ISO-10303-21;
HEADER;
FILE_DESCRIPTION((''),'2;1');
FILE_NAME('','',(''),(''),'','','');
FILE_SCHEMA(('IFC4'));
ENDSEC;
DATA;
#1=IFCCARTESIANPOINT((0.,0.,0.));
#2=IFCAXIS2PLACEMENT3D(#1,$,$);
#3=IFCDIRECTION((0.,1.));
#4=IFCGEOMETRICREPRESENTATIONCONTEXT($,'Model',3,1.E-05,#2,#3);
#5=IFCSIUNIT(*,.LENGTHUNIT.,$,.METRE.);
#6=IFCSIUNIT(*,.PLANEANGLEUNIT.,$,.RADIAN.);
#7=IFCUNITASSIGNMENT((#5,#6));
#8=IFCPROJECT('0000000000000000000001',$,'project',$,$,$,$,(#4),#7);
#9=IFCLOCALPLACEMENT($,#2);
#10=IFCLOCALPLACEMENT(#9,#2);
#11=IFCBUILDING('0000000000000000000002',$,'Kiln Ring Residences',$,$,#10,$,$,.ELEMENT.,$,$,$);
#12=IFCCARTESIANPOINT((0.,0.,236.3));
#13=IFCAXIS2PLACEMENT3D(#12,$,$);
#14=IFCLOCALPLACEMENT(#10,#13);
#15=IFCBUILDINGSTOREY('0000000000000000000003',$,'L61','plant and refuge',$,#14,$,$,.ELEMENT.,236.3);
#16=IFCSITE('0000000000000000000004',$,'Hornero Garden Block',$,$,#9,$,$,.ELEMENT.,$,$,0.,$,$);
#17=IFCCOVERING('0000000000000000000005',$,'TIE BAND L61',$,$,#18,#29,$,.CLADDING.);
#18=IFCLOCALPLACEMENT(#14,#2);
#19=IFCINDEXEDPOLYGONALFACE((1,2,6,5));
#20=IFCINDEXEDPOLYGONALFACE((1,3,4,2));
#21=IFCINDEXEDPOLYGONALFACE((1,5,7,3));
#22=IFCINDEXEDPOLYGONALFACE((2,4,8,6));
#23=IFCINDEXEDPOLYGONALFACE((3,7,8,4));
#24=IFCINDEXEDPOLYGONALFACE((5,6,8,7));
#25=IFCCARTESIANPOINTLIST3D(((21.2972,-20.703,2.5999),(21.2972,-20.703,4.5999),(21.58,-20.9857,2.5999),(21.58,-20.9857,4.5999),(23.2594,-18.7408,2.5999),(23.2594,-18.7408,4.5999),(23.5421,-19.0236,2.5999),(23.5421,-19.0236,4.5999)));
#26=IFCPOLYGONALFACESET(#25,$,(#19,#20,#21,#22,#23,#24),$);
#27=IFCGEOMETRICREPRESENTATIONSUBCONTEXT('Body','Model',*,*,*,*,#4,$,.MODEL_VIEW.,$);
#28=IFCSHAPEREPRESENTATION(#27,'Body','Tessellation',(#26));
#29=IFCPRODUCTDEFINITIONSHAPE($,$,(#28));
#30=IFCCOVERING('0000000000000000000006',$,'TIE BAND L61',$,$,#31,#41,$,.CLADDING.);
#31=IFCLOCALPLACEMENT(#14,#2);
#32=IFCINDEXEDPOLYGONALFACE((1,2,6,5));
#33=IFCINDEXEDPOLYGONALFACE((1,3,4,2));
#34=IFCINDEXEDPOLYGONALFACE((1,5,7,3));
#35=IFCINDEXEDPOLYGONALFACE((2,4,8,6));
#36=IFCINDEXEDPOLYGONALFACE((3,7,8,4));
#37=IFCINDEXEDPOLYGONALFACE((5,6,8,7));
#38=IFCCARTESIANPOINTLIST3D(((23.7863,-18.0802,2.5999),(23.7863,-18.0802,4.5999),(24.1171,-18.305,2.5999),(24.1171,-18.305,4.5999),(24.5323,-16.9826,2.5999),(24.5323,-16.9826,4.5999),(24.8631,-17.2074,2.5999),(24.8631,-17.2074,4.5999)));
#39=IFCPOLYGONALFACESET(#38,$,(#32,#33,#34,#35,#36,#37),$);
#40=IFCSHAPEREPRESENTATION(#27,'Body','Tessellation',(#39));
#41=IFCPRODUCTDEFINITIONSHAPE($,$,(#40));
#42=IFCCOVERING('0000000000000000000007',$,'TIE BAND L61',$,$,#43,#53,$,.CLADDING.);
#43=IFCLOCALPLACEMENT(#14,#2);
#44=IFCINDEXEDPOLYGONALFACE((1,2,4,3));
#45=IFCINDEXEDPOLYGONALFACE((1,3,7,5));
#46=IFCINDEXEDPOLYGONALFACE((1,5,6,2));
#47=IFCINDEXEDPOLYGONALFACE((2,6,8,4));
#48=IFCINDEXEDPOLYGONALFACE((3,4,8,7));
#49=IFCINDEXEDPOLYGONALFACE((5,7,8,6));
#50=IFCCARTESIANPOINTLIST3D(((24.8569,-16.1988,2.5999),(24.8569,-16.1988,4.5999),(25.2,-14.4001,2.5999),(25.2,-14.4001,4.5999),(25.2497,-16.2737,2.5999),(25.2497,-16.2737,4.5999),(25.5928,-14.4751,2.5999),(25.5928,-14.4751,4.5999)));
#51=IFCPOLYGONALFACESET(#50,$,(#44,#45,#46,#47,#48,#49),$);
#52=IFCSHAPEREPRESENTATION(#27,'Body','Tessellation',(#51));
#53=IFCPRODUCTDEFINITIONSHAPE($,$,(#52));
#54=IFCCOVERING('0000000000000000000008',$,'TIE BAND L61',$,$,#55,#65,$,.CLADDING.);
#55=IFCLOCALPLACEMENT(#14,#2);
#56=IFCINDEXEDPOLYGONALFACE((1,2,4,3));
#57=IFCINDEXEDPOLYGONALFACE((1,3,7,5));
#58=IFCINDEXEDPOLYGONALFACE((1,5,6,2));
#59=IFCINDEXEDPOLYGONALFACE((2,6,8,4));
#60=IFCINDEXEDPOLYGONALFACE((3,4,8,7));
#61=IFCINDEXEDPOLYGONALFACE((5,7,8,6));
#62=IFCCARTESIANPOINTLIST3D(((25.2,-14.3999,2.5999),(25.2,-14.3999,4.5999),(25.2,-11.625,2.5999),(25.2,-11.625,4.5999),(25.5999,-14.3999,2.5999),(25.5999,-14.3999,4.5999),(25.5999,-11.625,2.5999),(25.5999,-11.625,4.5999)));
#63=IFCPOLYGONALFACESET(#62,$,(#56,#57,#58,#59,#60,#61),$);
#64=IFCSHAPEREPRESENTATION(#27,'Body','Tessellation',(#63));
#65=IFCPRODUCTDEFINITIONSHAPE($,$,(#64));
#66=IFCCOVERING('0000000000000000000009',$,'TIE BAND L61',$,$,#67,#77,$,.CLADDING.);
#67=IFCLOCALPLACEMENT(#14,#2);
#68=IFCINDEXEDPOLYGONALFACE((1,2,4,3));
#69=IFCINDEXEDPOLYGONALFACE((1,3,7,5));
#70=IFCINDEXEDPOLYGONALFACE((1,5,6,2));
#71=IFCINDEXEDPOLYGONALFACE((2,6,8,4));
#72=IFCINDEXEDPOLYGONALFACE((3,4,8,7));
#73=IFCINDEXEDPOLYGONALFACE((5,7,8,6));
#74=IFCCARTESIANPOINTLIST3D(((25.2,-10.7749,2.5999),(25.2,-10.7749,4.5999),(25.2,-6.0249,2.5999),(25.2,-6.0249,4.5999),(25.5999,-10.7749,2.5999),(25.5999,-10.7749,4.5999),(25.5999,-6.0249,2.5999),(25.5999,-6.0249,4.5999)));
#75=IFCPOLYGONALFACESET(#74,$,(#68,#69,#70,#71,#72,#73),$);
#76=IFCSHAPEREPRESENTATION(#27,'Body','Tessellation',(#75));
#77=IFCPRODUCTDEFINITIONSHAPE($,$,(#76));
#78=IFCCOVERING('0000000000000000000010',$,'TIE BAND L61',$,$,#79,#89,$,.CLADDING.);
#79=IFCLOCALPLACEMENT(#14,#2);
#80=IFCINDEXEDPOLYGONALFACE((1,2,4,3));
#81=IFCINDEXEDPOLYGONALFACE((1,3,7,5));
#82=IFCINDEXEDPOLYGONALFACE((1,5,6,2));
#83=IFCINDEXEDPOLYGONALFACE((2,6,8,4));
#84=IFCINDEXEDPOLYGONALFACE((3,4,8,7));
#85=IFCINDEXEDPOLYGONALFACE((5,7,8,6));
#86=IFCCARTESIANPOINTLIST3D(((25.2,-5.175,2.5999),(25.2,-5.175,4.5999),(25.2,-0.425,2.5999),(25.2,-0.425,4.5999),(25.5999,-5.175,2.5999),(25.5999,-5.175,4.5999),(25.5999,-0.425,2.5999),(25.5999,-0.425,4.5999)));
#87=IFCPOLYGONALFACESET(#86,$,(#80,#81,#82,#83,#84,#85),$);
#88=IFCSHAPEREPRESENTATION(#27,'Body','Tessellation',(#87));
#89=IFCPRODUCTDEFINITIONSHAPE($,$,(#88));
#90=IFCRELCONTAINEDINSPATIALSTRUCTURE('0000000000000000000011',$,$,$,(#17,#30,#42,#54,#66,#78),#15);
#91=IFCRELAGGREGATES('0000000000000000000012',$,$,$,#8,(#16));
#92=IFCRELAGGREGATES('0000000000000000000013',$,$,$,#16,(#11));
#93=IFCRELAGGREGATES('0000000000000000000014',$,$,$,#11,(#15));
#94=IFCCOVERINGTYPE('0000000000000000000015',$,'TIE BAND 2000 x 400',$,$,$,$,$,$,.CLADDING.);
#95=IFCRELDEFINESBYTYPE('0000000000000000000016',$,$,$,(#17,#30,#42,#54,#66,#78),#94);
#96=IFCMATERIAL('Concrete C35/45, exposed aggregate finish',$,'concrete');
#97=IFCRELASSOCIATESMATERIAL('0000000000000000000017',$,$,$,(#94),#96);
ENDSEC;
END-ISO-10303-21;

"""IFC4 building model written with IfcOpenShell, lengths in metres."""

from ifc_helpers import new_model, si_unit, direction, frame, origin, origin_2d, place, context, subcontext, project, spatial, rectangle, extrude, material, type_object, element, save


model = new_model("IFC4")

# Units and contexts
model_context = context("Model", 3, precision=1e-05, world=origin(), true_north=direction((0.0, 1.0)))
body_context = subcontext(model_context, "Body", "Model", "MODEL_VIEW")
ifc_project = project(units=[si_unit("LENGTHUNIT", "METRE"), si_unit("PLANEANGLEUNIT", "RADIAN")], contexts=[model_context])

# Site, building, storey
site_placement = place(None, origin())
site = spatial("IfcSite", under=ifc_project, at=site_placement, Name="Hornero Garden Block", CompositionType="ELEMENT", RefElevation=0.0)
building_placement = place(site_placement, origin())
building = spatial("IfcBuilding", under=site, at=building_placement, Name="Kiln Ring Residences", CompositionType="ELEMENT")
storey_placement = place(building_placement, frame((0.0, 0.0, 236.3)))
storey = spatial("IfcBuildingStorey", under=building, at=storey_placement, Name="L61", Description="plant and refuge", CompositionType="ELEMENT", Elevation=236.3)

# Coverings
ifc_material_1 = material(Name="Concrete C35/45, exposed aggregate finish", Category="concrete")
covering_type = type_object("IfcCoveringType", Name="TIE BAND 2000 x 400", PredefinedType="CLADDING", material=ifc_material_1)
covering_1_placement = place(storey_placement, frame((22.4197, -19.8633, 2.5999), z_axis=(0.0, 0.0, 1.0), x_axis=(0.707107, 0.707107, 0.0)))
element("IfcCovering", 1, at=covering_1_placement, inside=storey, type_object=covering_type, Name="TIE BAND L61", PredefinedType="CLADDING", context=body_context, shape_type="SweptSolid", body=[
    extrude(rectangle(XDim=2.7749, YDim=0.3999, at=origin_2d()), origin(), (0.0, 0.0, 1.0), 2.0),
])
covering_2_placement = place(storey_placement, frame((24.3247, -17.6438, 2.5999), z_axis=(0.0, 0.0, 1.0), x_axis=(0.562097, 0.827072, 0.0)))
element("IfcCovering", 2, at=covering_2_placement, inside=storey, type_object=covering_type, Name="TIE BAND L61", PredefinedType="CLADDING", context=body_context, shape_type="SweptSolid", body=[
    extrude(rectangle(XDim=1.3271, YDim=0.3999, at=origin_2d()), origin(), (0.0, 0.0, 1.0), 2.0),
])
covering_3_placement = place(storey_placement, frame((25.2249, -15.3369, 2.5999), z_axis=(0.0, 0.0, 1.0), x_axis=(0.187366, 0.98229, 0.0)))
element("IfcCovering", 3, at=covering_3_placement, inside=storey, type_object=covering_type, Name="TIE BAND L61", PredefinedType="CLADDING", context=body_context, shape_type="SweptSolid", body=[
    extrude(rectangle(XDim=1.8311, YDim=0.3999, at=origin_2d()), origin(), (0.0, 0.0, 1.0), 2.0),
])
covering_4_placement = place(storey_placement, frame((25.3999, -13.0125, 2.5999), z_axis=(0.0, 0.0, 1.0), x_axis=(0.0, 1.0, 0.0)))
element("IfcCovering", 4, at=covering_4_placement, inside=storey, type_object=covering_type, Name="TIE BAND L61", PredefinedType="CLADDING", context=body_context, shape_type="SweptSolid", body=[
    extrude(rectangle(XDim=2.7749, YDim=0.3999, at=origin_2d()), origin(), (0.0, 0.0, 1.0), 2.0),
])
for number, where, z_axis, x_axis, name in (
    (5, (25.3999, -8.3999, 2.5999), (0.0, 0.0, 1.0), (0.0, 1.0, 0.0), "TIE BAND L61"),
    (6, (25.3999, -2.8, 2.5999), (0.0, 0.0, 1.0), (0.0, 1.0, 0.0), "TIE BAND L61"),
):
    element("IfcCovering", number, at=place(storey_placement, frame(where, z_axis=z_axis, x_axis=x_axis)), inside=storey, type_object=covering_type, Name=name, PredefinedType="CLADDING", context=body_context, shape_type="SweptSolid", body=[
        extrude(rectangle(XDim=4.75, YDim=0.3999, at=origin_2d()), origin(), (0.0, 0.0, 1.0), 2.0),
    ])

save(model, "model.ifc")
